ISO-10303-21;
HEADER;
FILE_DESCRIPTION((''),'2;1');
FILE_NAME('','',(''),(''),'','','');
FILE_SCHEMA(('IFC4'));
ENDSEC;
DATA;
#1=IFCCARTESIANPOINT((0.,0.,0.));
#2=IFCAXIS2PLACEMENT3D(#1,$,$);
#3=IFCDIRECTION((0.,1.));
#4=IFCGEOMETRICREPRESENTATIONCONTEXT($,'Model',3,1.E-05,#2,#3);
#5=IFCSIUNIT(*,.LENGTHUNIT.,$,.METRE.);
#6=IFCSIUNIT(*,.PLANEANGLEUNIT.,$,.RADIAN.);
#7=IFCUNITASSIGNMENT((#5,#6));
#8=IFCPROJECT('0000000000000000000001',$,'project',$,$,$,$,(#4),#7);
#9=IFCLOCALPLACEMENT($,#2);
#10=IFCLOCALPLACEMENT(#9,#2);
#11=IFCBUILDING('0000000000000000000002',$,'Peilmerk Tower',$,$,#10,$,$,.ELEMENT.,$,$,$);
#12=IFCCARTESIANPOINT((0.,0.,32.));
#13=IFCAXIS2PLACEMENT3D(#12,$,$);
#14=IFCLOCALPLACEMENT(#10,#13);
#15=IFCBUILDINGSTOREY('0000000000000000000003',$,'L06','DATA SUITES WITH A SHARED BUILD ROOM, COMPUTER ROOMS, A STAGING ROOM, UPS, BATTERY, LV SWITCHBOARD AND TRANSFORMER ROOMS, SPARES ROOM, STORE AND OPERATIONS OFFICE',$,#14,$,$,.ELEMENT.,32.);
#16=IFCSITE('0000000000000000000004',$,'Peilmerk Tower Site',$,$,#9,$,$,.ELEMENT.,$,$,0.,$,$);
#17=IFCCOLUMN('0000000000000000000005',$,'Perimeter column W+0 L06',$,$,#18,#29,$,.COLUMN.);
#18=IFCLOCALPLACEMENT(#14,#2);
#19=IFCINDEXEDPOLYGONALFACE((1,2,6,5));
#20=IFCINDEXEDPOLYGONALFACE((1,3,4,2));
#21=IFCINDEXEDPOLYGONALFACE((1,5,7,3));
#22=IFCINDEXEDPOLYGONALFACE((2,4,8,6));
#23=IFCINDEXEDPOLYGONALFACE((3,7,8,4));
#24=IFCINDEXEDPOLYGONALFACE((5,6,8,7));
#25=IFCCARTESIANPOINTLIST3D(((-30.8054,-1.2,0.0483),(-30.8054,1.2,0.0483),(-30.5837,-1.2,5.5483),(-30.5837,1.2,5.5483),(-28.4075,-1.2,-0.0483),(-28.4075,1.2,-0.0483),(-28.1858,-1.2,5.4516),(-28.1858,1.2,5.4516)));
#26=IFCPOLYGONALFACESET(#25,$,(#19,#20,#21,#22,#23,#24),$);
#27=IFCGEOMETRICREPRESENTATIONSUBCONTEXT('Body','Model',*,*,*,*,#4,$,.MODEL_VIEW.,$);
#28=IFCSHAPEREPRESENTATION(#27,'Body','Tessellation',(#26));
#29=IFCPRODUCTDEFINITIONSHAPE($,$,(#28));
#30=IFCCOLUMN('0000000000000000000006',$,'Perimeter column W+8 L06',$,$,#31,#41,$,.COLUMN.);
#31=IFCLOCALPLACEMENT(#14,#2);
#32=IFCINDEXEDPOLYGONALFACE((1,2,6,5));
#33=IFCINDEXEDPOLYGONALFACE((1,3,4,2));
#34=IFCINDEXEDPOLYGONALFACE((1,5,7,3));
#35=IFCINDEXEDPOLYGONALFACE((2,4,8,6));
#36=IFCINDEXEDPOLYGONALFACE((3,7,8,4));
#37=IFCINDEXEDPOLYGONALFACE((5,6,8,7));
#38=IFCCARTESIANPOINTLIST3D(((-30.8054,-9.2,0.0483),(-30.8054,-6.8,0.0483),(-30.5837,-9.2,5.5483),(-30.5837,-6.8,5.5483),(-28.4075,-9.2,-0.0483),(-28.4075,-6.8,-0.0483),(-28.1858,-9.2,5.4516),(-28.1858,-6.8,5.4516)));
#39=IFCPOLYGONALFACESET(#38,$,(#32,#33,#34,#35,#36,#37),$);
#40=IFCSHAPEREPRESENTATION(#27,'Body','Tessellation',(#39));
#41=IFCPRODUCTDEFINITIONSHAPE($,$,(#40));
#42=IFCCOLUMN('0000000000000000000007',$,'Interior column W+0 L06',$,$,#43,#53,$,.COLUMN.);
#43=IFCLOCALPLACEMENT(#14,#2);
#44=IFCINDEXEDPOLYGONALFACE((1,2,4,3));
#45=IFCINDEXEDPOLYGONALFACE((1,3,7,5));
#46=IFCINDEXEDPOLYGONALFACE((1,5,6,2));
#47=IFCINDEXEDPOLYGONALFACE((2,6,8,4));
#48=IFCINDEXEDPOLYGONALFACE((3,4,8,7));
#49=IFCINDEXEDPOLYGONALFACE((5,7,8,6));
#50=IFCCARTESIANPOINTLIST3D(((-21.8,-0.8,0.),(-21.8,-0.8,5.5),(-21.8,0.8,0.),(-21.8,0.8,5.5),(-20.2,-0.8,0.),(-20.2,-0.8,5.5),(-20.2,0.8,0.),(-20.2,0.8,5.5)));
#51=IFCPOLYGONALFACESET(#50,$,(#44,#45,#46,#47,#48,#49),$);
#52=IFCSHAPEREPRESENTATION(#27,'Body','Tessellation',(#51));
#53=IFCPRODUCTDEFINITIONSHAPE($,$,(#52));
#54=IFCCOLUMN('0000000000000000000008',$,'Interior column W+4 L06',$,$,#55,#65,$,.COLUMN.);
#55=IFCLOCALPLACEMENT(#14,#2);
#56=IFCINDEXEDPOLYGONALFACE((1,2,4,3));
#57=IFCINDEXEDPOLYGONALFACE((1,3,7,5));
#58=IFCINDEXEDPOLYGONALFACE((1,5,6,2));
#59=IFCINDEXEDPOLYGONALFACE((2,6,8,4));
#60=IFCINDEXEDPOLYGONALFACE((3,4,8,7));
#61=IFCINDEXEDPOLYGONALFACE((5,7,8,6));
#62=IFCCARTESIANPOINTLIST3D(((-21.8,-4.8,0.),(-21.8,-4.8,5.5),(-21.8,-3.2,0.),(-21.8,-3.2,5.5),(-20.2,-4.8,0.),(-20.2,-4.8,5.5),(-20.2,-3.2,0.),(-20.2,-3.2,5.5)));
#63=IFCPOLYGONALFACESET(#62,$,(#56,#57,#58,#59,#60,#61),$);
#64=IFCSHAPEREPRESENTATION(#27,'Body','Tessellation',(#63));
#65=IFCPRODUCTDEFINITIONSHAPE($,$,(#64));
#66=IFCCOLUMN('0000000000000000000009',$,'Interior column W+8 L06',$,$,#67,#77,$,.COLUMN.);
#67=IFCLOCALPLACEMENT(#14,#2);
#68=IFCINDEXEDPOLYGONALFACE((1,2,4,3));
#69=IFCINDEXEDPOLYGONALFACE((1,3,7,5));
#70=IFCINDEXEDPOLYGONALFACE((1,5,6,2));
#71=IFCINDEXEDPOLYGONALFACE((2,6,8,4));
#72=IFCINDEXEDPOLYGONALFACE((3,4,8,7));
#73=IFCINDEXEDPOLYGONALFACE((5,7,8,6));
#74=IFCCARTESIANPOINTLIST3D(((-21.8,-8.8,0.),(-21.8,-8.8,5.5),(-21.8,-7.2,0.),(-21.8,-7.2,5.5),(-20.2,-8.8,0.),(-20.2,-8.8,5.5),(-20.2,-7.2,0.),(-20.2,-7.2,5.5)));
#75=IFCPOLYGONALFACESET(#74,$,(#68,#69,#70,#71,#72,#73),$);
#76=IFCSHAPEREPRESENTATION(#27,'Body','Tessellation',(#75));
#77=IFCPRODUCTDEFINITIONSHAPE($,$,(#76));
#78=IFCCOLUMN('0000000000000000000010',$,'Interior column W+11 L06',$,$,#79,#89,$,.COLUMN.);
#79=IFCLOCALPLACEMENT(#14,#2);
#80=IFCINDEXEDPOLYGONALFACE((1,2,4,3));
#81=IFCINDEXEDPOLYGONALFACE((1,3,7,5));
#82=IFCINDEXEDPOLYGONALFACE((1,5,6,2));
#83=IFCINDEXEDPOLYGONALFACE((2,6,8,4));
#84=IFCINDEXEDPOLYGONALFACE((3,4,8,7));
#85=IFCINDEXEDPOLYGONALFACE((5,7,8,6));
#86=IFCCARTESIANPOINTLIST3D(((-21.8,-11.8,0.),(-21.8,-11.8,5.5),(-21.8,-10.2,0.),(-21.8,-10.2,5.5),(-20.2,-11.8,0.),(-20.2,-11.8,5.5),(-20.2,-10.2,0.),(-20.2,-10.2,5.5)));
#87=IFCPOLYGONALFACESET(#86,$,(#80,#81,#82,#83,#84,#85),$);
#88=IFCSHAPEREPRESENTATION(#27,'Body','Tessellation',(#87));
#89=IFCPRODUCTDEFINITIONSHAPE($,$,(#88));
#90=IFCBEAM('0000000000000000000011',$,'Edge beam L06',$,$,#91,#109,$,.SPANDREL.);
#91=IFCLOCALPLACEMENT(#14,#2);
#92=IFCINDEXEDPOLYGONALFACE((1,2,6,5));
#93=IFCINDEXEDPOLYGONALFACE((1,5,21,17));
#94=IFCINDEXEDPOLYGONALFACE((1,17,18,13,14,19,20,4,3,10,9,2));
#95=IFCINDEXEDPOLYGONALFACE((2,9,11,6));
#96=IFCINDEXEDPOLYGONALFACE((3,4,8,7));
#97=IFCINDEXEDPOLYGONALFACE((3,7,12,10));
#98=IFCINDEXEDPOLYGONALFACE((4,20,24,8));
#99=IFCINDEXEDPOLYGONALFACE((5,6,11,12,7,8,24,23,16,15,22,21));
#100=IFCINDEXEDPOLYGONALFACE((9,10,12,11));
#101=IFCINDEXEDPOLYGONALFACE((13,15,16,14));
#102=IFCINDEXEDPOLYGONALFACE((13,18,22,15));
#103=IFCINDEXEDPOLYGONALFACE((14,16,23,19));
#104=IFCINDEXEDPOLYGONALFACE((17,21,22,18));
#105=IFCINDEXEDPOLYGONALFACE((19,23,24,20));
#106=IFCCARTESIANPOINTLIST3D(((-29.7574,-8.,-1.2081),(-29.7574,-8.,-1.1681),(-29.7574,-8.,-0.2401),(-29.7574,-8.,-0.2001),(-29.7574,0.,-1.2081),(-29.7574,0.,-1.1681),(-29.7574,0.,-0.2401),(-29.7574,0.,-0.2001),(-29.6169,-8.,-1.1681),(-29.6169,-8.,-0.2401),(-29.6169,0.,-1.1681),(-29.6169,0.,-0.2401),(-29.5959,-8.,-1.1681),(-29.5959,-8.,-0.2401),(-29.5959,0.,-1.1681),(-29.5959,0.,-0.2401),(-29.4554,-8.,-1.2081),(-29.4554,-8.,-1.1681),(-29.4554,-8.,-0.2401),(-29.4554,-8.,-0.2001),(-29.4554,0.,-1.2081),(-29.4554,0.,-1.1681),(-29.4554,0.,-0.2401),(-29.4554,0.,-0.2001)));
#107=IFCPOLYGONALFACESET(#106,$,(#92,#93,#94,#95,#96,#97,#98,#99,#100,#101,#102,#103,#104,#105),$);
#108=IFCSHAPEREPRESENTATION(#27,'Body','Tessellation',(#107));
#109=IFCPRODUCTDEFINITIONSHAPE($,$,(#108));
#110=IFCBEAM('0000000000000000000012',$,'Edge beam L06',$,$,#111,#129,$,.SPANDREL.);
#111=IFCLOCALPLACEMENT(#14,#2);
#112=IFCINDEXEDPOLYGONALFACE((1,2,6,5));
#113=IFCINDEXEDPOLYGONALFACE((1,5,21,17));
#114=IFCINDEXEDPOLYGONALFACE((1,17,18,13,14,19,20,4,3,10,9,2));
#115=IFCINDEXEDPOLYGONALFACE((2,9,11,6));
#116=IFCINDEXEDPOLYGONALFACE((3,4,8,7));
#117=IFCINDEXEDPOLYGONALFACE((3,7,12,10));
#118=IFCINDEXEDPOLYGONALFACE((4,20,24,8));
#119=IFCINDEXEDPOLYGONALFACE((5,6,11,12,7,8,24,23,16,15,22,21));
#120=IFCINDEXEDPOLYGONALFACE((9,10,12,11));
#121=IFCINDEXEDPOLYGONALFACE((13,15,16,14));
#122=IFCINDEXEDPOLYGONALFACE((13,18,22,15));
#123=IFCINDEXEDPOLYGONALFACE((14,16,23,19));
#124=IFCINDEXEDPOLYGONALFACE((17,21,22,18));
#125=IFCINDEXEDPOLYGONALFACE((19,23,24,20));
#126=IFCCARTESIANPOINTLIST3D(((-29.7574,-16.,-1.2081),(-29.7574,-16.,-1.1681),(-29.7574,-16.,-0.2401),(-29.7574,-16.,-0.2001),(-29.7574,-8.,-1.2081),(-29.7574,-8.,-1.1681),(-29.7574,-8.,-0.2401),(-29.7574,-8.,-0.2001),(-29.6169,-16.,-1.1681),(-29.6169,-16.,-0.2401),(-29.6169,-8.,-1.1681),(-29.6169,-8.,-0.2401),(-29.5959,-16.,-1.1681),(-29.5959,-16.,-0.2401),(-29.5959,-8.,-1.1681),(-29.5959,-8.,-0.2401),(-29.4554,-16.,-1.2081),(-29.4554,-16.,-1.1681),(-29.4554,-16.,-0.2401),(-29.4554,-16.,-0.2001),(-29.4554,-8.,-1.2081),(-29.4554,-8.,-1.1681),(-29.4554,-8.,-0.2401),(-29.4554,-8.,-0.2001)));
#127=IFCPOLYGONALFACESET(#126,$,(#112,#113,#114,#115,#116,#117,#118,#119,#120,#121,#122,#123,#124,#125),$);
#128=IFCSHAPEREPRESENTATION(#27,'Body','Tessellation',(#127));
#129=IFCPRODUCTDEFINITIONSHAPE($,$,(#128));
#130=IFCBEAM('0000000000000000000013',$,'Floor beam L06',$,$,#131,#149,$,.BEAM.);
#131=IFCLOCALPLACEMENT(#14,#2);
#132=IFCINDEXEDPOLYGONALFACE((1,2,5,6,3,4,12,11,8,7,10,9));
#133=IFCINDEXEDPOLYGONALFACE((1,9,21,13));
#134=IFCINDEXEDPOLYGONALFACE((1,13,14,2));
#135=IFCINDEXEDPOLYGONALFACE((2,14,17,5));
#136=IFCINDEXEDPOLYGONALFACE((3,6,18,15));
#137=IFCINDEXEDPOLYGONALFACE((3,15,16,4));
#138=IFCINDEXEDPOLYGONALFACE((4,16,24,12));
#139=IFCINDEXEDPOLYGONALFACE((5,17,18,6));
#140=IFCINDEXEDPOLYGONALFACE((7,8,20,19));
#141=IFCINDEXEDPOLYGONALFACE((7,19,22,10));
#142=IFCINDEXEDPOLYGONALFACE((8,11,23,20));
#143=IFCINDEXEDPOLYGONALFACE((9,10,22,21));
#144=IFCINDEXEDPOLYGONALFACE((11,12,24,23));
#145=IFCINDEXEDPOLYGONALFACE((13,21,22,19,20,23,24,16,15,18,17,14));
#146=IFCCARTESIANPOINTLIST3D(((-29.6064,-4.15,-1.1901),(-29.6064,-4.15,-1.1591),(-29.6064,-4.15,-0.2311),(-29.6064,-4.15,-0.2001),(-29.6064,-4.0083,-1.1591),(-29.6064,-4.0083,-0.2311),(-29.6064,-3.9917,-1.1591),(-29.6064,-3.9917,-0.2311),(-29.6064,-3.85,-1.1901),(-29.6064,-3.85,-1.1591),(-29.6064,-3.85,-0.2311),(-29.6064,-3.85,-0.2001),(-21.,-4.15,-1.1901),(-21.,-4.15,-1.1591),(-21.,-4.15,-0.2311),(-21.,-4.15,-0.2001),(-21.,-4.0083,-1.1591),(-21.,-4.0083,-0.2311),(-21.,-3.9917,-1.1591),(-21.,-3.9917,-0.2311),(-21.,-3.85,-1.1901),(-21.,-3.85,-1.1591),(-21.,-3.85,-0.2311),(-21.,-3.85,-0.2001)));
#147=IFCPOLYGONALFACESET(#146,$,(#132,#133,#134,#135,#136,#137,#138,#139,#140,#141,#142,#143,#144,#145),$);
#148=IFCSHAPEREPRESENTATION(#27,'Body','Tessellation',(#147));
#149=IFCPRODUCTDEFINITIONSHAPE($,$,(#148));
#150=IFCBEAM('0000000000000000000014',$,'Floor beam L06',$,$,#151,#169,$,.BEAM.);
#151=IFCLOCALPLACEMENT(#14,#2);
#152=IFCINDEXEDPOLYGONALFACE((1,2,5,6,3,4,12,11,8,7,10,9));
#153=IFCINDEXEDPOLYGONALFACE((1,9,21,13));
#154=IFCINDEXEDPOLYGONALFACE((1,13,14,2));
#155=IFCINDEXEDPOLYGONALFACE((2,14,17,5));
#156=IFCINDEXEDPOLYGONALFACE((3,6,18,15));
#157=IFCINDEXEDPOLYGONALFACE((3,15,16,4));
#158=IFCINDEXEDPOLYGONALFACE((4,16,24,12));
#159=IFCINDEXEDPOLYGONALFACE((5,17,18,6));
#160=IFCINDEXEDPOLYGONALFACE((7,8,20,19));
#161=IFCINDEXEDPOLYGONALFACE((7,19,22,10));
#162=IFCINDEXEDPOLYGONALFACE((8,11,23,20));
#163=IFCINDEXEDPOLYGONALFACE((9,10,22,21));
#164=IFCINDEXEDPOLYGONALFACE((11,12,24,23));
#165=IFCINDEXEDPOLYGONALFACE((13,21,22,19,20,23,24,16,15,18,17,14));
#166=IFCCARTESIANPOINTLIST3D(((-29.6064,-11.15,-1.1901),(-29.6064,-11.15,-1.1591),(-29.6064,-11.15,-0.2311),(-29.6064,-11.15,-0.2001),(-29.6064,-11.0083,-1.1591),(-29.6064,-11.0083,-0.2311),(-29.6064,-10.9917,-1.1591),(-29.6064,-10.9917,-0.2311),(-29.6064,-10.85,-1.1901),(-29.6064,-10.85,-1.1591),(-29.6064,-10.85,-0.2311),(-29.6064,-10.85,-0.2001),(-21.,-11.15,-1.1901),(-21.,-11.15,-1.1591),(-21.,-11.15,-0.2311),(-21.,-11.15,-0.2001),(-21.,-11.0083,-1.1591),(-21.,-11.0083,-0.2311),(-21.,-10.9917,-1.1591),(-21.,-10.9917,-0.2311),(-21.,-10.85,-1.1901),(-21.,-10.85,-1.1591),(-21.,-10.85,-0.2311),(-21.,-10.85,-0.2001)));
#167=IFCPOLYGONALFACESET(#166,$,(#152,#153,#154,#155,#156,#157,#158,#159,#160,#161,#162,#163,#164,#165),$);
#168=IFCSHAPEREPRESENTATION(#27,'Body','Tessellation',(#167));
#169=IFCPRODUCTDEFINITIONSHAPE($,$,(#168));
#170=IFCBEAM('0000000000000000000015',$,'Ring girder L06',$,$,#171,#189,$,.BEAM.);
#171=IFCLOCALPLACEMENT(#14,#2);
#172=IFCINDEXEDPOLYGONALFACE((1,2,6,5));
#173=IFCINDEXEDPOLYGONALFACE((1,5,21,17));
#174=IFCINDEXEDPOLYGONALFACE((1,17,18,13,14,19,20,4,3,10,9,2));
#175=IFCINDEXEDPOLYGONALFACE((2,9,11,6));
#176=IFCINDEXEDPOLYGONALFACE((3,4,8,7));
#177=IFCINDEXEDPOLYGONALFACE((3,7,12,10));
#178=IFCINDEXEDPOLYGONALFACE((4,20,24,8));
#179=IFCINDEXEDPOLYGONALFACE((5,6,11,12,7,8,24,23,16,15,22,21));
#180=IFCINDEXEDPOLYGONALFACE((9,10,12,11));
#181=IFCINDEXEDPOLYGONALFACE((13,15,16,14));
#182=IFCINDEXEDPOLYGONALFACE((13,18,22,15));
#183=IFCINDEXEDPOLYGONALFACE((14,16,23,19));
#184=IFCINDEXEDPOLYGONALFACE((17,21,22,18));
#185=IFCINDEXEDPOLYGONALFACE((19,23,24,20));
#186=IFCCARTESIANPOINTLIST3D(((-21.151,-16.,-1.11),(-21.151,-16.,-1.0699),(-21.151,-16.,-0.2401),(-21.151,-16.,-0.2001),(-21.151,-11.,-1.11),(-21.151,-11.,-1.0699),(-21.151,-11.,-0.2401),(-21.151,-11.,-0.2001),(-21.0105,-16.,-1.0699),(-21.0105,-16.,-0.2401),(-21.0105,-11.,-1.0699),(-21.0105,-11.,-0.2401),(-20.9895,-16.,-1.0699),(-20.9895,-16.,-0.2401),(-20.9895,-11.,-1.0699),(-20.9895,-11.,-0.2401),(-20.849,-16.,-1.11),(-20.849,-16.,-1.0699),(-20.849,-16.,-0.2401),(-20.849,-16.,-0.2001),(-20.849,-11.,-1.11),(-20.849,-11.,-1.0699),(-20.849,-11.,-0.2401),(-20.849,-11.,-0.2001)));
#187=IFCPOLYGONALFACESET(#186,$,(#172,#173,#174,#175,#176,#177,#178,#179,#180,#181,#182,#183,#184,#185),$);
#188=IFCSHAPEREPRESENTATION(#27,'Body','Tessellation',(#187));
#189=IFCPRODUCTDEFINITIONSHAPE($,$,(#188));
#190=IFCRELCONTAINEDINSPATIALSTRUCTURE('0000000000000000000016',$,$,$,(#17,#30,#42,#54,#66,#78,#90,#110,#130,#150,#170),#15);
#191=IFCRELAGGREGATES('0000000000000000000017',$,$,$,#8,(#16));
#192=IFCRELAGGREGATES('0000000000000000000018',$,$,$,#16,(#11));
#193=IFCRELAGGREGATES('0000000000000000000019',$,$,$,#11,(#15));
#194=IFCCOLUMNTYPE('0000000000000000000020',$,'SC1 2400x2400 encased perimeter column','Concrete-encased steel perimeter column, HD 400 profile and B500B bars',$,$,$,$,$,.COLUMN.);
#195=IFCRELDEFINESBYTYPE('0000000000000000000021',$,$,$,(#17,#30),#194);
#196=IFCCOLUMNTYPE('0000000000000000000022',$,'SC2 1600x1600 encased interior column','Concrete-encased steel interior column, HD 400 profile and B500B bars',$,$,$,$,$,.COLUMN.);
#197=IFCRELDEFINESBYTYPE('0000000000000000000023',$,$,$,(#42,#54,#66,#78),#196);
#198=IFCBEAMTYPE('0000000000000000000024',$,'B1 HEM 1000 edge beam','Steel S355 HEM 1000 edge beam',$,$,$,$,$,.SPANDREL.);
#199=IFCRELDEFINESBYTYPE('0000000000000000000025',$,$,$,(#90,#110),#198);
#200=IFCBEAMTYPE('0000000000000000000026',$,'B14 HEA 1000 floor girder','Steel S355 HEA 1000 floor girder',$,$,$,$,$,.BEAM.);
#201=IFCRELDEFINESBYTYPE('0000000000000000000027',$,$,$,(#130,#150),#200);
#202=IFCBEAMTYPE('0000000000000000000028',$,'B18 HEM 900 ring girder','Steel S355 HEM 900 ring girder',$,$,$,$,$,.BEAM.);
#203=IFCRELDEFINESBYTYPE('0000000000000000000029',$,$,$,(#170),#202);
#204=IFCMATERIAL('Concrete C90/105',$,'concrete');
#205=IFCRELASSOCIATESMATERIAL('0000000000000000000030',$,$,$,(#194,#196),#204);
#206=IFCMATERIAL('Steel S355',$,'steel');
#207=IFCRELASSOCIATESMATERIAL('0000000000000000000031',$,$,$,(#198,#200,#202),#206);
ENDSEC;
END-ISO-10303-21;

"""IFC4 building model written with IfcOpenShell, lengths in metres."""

from ifc_helpers import new_model, si_unit, direction, frame, origin, origin_2d, place, context, subcontext, project, spatial, rectangle, i_section, extrude, material, material_profile, profile_set, type_object, element, save


model = new_model("IFC4")

# Units and contexts
model_context = context("Model", 3, precision=1e-05, world=origin(), true_north=direction((0.0, 1.0)))
body_context = subcontext(model_context, "Body", "Model", "MODEL_VIEW")
ifc_project = project(units=[si_unit("LENGTHUNIT", "METRE"), si_unit("PLANEANGLEUNIT", "RADIAN")], contexts=[model_context])

# Site, building, storey
site_placement = place(None, origin())
site = spatial("IfcSite", under=ifc_project, at=site_placement, Name="Peilmerk Tower Site", CompositionType="ELEMENT", RefElevation=0.0)
building_placement = place(site_placement, origin())
building = spatial("IfcBuilding", under=site, at=building_placement, Name="Peilmerk Tower", CompositionType="ELEMENT")
storey_placement = place(building_placement, frame((0.0, 0.0, 32.0)))
storey = spatial("IfcBuildingStorey", under=building, at=storey_placement, Name="L06", Description="DATA SUITES WITH A SHARED BUILD ROOM, COMPUTER ROOMS, A STAGING ROOM, UPS, BATTERY, LV SWITCHBOARD AND TRANSFORMER ROOMS, SPARES ROOM, STORE AND OPERATIONS OFFICE", CompositionType="ELEMENT", Elevation=32.0)

# Columns
ifc_material_1 = material(Name="Concrete C90/105", Category="concrete")
ifc_material_profile_1 = material_profile(ifc_material_1, rectangle(XDim=2.3999, YDim=2.3999, at=origin_2d()), Name="RC 2400x2400")
ifc_profile_set_1 = profile_set([ifc_material_profile_1], Name="Concrete C90/105")
column_type_1 = type_object("IfcColumnType", Name="SC1 2400x2400 encased perimeter column", Description="Concrete-encased steel perimeter column, HD 400 profile and B500B bars", PredefinedType="COLUMN", material=ifc_profile_set_1)
for number, where, z_axis, x_axis, name in (
    (1, (-29.6064, 0.0, 0.0), (0.040273, 0.0, 0.999189), (0.0, 1.0, 0.0), "Perimeter column W+0 L06"),
    (2, (-29.6064, -8.0, 0.0), (0.040273, 0.0, 0.999189), (0.0, 1.0, 0.0), "Perimeter column W+8 L06"),
):
    element("IfcColumn", number, at=place(storey_placement, frame(where, z_axis=z_axis, x_axis=x_axis)), inside=storey, type_object=column_type_1, Name=name, PredefinedType="COLUMN", context=body_context, shape_type="SweptSolid", body=[
        extrude(rectangle(XDim=2.3999, YDim=2.3999, at=origin_2d()), origin(), (0.0, 0.0, 1.0), 5.5044),
    ])
ifc_material_profile_2 = material_profile(ifc_material_1, rectangle(XDim=1.6001, YDim=1.6001, at=origin_2d()), Name="RC 1600x1600")
ifc_profile_set_2 = profile_set([ifc_material_profile_2], Name="Concrete C90/105")
column_type_2 = type_object("IfcColumnType", Name="SC2 1600x1600 encased interior column", Description="Concrete-encased steel interior column, HD 400 profile and B500B bars", PredefinedType="COLUMN", material=ifc_profile_set_2)
for number, where, z_axis, x_axis, name in (
    (3, (-21.0, 0.0, 0.0), (0.0, 0.0, 1.0), (1.0, 0.0, 0.0), "Interior column W+0 L06"),
    (4, (-21.0, -4.0, 0.0), (0.0, 0.0, 1.0), (1.0, 0.0, 0.0), "Interior column W+4 L06"),
    (5, (-21.0, -8.0, 0.0), (0.0, 0.0, 1.0), (1.0, 0.0, 0.0), "Interior column W+8 L06"),
    (6, (-21.0, -11.0, 0.0), (0.0, 0.0, 1.0), (1.0, 0.0, 0.0), "Interior column W+11 L06"),
):
    element("IfcColumn", number, at=place(storey_placement, frame(where, z_axis=z_axis, x_axis=x_axis)), inside=storey, type_object=column_type_2, Name=name, PredefinedType="COLUMN", context=body_context, shape_type="SweptSolid", body=[
        extrude(rectangle(XDim=1.6001, YDim=1.6001, at=origin_2d()), origin(), (0.0, 0.0, 1.0), 5.5),
    ])

# Beams
ifc_material_2 = material(Name="Steel S355", Category="steel")
ifc_material_profile_3 = material_profile(ifc_material_2, i_section(OverallWidth=0.302, OverallDepth=1.0081, WebThickness=0.021, FlangeThickness=0.04, at=origin_2d()), Name="HEM 1000")
ifc_profile_set_3 = profile_set([ifc_material_profile_3], Name="Steel S355")
beam_type_1 = type_object("IfcBeamType", Name="B1 HEM 1000 edge beam", Description="Steel S355 HEM 1000 edge beam", PredefinedType="SPANDREL", material=ifc_profile_set_3)
for number, where, z_axis, x_axis, name in (
    (7, (-29.6064, 0.0, -0.7041), (0.0, -1.0, 0.0), (1.0, 0.0, 0.0), "Edge beam L06"),
    (8, (-29.6064, -8.0, -0.7041), (0.0, -1.0, 0.0), (1.0, 0.0, 0.0), "Edge beam L06"),
):
    element("IfcBeam", number, at=place(storey_placement, frame(where, z_axis=z_axis, x_axis=x_axis)), inside=storey, type_object=beam_type_1, Name=name, PredefinedType="SPANDREL", context=body_context, shape_type="SweptSolid", body=[
        extrude(i_section(OverallWidth=0.302, OverallDepth=1.0081, WebThickness=0.021, FlangeThickness=0.04, at=origin_2d()), origin(), (0.0, 0.0, 1.0), 8.0),
    ])
ifc_material_profile_4 = material_profile(ifc_material_2, i_section(OverallWidth=0.3, OverallDepth=0.99, WebThickness=0.0166, FlangeThickness=0.031, at=origin_2d()), Name="HEA 1000")
ifc_profile_set_4 = profile_set([ifc_material_profile_4], Name="Steel S355")
beam_type_2 = type_object("IfcBeamType", Name="B14 HEA 1000 floor girder", Description="Steel S355 HEA 1000 floor girder", PredefinedType="BEAM", material=ifc_profile_set_4)
for number, where, z_axis, x_axis, name in (
    (9, (-21.0, -4.0, -0.6951), (-1.0, 0.0, 0.0), (0.0, -1.0, 0.0), "Floor beam L06"),
    (10, (-21.0, -11.0, -0.6951), (-1.0, 0.0, 0.0), (0.0, -1.0, 0.0), "Floor beam L06"),
):
    element("IfcBeam", number, at=place(storey_placement, frame(where, z_axis=z_axis, x_axis=x_axis)), inside=storey, type_object=beam_type_2, Name=name, PredefinedType="BEAM", context=body_context, shape_type="SweptSolid", body=[
        extrude(i_section(OverallWidth=0.3, OverallDepth=0.99, WebThickness=0.0166, FlangeThickness=0.031, at=origin_2d()), origin(), (0.0, 0.0, 1.0), 8.6064),
    ])
ifc_material_profile_5 = material_profile(ifc_material_2, i_section(OverallWidth=0.302, OverallDepth=0.9099, WebThickness=0.021, FlangeThickness=0.04, at=origin_2d()), Name="HEM 900")
ifc_profile_set_5 = profile_set([ifc_material_profile_5], Name="Steel S355")
beam_type_3 = type_object("IfcBeamType", Name="B18 HEM 900 ring girder", Description="Steel S355 HEM 900 ring girder", PredefinedType="BEAM", material=ifc_profile_set_5)
beam_1_placement = place(storey_placement, frame((-21.0, -11.0, -0.655), z_axis=(0.0, -1.0, 0.0), x_axis=(1.0, 0.0, 0.0)))
element("IfcBeam", 11, at=beam_1_placement, inside=storey, type_object=beam_type_3, Name="Ring girder L06", PredefinedType="BEAM", context=body_context, shape_type="SweptSolid", body=[
    extrude(i_section(OverallWidth=0.302, OverallDepth=0.9099, WebThickness=0.021, FlangeThickness=0.04, at=origin_2d()), origin(), (0.0, 0.0, 1.0), 5.0),
])

save(model, "model.ifc")
